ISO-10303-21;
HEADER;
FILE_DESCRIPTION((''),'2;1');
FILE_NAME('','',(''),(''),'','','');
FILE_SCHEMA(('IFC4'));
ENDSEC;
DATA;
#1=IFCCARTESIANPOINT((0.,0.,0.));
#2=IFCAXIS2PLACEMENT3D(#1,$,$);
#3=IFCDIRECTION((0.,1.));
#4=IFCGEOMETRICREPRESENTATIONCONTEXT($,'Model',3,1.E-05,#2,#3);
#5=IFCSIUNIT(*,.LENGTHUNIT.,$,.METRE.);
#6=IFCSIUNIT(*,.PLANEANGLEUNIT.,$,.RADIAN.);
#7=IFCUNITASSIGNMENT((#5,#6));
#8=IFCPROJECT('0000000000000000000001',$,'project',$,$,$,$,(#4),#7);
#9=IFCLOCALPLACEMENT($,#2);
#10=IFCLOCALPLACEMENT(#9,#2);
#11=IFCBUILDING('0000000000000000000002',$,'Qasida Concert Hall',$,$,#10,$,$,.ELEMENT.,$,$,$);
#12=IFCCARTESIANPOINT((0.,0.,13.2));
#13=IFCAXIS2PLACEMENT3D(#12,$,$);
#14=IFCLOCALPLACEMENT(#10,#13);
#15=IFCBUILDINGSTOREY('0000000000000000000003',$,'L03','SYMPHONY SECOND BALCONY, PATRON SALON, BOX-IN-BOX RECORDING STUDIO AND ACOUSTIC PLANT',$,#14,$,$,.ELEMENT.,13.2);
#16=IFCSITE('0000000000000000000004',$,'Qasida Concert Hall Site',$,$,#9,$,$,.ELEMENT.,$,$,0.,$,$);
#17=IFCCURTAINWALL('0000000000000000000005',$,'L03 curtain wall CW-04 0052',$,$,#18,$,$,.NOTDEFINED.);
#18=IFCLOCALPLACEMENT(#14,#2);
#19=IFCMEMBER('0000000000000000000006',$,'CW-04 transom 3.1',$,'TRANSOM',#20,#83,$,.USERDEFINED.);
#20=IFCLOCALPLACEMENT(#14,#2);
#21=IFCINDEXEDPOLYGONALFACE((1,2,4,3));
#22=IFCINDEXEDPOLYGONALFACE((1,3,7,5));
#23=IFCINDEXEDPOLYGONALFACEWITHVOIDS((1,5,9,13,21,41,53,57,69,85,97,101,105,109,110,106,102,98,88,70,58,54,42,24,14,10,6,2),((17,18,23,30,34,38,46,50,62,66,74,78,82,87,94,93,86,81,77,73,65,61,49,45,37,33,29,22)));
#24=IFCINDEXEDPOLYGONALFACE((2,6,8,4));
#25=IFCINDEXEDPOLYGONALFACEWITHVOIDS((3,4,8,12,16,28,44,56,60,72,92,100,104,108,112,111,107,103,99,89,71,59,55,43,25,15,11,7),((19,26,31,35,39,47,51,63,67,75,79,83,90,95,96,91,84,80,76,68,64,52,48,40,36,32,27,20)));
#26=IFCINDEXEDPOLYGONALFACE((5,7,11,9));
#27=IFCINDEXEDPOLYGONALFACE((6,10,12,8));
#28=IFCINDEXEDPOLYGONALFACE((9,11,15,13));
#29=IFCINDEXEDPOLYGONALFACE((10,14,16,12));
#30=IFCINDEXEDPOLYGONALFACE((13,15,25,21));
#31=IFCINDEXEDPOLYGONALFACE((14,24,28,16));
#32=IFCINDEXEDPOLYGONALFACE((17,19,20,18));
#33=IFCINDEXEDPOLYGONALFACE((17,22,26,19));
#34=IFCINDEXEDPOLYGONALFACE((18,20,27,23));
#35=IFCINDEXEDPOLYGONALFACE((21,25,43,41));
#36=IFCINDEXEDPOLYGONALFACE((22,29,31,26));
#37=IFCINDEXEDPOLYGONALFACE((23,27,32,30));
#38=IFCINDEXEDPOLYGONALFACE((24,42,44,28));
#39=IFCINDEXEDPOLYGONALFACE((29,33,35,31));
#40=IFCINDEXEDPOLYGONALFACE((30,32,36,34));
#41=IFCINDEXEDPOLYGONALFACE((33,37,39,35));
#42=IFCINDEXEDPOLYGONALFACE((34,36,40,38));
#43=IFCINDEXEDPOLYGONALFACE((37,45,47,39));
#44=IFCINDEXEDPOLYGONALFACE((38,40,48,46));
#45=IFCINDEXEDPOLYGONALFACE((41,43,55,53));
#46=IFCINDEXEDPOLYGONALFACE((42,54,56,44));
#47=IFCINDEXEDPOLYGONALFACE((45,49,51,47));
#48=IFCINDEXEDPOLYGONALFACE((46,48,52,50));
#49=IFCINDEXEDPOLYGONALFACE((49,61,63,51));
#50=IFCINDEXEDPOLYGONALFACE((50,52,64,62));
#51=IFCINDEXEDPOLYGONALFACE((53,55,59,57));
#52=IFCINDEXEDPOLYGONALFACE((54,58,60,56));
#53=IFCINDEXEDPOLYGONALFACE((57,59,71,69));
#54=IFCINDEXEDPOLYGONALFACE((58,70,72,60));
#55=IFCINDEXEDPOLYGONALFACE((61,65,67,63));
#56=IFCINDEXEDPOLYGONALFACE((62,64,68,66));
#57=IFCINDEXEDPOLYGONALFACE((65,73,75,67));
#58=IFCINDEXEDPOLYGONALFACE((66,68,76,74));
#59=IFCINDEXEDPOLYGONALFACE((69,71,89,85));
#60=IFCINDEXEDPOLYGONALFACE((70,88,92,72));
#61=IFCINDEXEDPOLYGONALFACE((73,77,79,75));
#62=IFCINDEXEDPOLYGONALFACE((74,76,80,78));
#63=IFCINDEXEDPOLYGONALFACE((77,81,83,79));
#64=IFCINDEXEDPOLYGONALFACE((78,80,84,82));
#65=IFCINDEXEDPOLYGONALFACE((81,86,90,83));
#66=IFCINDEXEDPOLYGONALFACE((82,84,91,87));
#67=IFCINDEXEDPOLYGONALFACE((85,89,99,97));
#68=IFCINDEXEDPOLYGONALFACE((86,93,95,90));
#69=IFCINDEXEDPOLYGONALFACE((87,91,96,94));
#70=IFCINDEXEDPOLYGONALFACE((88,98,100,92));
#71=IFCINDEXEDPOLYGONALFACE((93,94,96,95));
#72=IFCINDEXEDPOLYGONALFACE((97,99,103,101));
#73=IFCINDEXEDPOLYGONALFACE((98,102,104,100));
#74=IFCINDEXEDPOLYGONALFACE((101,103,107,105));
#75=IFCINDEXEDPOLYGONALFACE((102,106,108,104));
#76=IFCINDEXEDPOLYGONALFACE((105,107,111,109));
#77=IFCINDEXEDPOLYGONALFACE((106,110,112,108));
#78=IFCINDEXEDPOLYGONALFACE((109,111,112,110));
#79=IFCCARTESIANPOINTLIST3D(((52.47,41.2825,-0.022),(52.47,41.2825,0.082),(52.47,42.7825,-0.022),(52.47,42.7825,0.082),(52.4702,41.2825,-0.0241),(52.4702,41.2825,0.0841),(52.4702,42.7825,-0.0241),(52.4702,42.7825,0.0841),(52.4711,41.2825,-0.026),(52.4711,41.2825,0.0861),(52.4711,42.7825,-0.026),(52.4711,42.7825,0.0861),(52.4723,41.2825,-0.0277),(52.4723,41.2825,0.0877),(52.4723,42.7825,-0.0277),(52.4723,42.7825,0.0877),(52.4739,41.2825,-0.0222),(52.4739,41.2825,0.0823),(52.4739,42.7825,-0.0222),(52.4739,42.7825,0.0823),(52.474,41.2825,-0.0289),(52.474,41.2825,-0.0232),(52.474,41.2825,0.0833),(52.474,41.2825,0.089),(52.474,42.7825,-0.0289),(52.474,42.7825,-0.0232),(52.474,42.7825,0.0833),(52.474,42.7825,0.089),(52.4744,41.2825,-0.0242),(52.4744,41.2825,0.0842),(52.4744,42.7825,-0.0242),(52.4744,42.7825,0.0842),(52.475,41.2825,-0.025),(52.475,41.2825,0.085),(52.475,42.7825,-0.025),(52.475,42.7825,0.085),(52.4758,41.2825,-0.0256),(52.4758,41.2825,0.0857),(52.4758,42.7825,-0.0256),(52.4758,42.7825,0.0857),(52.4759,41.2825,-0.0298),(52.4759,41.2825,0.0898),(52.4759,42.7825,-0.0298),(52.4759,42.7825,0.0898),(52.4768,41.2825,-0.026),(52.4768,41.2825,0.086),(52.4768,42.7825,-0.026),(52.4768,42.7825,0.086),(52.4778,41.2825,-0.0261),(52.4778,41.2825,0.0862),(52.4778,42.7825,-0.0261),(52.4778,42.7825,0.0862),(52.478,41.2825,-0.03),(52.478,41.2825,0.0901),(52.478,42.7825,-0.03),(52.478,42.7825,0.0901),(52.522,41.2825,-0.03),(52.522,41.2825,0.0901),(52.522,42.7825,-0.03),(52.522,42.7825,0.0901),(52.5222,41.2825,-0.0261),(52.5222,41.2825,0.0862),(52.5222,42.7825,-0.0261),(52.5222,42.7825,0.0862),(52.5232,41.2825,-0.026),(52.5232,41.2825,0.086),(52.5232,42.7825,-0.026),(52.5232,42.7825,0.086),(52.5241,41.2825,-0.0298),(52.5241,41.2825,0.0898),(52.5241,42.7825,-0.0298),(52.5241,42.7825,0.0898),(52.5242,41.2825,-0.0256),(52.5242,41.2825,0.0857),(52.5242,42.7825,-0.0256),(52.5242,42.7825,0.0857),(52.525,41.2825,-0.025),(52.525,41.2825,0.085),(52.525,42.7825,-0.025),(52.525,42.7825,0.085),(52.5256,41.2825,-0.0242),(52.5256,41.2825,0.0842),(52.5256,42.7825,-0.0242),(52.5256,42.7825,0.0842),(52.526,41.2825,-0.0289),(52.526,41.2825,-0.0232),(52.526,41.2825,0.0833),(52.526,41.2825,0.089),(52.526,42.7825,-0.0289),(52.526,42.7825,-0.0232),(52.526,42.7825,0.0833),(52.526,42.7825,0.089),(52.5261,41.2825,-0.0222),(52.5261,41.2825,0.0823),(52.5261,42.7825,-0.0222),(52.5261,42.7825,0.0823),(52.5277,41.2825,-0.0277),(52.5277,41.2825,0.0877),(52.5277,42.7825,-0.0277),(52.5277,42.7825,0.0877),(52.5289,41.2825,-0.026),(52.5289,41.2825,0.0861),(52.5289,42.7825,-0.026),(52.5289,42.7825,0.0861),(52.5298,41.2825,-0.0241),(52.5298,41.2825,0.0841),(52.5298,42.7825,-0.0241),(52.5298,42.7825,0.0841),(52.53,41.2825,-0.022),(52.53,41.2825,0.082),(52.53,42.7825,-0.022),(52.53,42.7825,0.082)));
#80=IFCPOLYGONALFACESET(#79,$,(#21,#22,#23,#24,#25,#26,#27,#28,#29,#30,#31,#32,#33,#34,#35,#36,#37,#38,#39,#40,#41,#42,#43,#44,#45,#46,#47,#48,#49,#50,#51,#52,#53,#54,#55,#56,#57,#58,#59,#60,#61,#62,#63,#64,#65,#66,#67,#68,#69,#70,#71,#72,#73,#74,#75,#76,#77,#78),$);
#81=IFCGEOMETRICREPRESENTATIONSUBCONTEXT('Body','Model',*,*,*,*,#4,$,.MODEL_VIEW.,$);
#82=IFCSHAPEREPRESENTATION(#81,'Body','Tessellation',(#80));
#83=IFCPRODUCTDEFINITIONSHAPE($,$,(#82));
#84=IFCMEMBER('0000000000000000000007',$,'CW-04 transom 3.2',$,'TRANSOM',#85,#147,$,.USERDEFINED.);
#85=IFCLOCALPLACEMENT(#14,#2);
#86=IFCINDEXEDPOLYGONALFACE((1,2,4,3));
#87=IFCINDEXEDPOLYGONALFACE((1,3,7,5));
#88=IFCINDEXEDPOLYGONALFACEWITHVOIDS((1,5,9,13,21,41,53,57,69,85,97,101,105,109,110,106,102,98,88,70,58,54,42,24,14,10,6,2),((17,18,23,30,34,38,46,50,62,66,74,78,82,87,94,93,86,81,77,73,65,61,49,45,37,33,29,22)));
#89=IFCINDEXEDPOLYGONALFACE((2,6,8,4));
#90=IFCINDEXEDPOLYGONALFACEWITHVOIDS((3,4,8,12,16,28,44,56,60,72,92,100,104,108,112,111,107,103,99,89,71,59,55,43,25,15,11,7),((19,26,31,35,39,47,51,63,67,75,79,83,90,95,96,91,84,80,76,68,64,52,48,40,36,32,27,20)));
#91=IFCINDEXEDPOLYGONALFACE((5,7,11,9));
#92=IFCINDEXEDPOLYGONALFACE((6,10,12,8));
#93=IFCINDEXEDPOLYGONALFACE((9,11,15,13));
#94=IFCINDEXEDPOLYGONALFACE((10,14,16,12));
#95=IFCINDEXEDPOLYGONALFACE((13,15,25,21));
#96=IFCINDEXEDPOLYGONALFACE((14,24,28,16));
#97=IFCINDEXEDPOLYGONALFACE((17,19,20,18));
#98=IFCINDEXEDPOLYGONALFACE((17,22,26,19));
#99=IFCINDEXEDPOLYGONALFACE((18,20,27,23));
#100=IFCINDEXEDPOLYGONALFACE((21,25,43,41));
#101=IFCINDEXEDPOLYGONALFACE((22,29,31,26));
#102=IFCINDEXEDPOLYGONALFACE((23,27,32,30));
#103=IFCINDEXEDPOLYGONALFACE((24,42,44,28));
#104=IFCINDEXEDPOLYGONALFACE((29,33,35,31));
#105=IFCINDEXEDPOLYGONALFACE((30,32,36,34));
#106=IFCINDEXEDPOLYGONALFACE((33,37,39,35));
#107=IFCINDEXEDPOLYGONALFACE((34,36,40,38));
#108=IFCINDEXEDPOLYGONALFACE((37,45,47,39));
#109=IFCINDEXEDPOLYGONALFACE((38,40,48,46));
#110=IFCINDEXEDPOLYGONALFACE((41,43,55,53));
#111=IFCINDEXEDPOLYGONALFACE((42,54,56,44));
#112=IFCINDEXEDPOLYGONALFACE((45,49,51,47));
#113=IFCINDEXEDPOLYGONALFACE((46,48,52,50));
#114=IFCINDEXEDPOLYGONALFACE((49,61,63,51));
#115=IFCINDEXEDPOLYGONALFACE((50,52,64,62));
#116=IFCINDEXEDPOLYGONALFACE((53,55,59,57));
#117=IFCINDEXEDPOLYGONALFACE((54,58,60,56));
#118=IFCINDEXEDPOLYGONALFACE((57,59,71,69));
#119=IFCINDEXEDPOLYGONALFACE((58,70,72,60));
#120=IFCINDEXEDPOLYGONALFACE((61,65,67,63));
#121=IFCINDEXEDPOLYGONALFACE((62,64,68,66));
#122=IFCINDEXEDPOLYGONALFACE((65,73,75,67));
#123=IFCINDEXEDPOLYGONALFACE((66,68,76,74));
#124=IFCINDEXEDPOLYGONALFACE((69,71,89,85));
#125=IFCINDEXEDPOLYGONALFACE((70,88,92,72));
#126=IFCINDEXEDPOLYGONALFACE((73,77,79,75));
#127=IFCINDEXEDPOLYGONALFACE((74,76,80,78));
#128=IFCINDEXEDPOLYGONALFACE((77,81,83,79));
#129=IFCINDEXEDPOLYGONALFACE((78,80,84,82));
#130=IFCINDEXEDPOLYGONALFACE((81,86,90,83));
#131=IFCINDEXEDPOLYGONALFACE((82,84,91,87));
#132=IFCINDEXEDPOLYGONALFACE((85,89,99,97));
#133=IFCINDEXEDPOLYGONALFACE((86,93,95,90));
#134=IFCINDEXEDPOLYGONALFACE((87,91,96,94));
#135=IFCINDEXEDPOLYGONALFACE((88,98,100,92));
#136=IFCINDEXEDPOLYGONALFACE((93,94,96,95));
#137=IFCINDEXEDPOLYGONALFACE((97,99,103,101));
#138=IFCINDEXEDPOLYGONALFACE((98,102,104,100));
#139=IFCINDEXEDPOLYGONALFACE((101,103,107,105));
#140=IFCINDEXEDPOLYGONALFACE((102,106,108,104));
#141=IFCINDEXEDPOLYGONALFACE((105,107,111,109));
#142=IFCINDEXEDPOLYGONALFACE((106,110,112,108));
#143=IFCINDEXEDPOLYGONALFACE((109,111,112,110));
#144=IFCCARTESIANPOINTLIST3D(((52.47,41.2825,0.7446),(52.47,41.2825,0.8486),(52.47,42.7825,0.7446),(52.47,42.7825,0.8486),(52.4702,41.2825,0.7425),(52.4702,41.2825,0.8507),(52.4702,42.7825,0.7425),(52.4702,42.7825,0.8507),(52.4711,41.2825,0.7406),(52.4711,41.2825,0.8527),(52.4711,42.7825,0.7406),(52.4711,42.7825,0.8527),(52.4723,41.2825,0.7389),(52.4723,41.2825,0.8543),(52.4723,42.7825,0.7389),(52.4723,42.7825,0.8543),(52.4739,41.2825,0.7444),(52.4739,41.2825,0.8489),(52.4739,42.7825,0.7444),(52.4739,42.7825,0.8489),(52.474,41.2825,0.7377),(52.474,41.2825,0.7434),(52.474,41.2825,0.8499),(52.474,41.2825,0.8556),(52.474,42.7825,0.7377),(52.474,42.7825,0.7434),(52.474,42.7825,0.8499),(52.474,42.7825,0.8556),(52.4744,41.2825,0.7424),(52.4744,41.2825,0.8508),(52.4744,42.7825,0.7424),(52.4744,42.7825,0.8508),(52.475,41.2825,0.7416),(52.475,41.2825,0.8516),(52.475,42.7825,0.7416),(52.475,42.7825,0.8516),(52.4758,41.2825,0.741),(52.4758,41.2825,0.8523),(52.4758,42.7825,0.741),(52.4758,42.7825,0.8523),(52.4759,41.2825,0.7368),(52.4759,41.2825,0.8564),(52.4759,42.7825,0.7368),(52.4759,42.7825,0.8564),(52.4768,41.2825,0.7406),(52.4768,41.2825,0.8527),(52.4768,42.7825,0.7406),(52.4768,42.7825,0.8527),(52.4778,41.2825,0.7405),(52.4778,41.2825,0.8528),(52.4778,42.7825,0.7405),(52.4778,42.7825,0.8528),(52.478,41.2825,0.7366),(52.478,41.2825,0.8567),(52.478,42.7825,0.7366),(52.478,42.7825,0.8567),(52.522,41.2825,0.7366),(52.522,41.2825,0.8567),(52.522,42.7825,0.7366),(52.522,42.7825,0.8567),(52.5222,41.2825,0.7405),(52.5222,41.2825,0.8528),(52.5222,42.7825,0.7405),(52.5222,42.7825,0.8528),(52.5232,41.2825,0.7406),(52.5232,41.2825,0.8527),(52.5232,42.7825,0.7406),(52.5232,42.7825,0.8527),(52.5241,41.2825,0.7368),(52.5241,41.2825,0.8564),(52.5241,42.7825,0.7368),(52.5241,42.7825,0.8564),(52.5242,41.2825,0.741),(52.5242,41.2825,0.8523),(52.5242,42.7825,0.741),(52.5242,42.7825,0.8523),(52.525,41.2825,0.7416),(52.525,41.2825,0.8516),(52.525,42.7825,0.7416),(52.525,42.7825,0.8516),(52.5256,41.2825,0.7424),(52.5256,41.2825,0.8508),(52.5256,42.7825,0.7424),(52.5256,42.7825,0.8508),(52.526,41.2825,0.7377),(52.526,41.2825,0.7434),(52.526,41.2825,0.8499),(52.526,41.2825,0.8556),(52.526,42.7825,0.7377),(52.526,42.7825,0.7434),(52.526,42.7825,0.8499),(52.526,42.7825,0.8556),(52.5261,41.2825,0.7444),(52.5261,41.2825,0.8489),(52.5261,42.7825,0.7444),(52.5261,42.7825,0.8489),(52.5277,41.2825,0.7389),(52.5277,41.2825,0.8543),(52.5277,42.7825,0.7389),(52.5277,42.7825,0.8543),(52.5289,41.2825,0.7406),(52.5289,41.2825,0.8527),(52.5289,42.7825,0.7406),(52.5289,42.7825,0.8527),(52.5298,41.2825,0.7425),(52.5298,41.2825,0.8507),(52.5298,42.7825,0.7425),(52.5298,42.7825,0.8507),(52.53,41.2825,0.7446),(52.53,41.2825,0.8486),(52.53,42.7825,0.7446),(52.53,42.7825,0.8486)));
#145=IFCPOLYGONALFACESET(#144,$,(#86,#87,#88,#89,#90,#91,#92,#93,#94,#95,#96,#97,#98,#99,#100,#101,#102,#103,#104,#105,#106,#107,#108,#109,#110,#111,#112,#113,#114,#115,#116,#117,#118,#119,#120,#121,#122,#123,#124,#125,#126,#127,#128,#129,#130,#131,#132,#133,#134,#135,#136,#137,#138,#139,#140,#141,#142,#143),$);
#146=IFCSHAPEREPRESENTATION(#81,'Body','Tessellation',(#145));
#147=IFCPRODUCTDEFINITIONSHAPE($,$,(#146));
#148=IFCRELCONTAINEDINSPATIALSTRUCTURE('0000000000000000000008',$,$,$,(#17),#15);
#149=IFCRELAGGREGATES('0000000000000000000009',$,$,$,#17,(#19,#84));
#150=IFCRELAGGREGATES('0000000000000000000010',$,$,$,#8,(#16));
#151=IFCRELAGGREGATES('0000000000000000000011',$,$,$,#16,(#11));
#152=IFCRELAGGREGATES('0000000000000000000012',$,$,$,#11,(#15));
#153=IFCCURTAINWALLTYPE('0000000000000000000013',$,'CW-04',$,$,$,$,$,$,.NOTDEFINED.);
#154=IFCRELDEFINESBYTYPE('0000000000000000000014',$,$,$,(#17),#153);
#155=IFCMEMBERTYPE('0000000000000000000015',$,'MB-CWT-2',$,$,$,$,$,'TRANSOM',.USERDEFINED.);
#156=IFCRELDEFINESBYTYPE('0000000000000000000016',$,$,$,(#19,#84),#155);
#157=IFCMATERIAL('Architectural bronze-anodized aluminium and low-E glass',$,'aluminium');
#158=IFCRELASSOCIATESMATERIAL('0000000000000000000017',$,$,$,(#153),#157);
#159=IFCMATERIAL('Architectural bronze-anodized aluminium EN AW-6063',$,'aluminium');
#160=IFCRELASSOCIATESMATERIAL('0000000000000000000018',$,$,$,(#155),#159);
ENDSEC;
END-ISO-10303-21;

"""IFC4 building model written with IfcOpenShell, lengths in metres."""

from ifc_helpers import new_model, si_unit, direction, frame, origin, origin_2d, place, context, subcontext, project, spatial, hollow_rectangle, extrude, material, material_profile, profile_set, type_object, element, aggregate, save


model = new_model("IFC4")

# Units and contexts
model_context = context("Model", 3, precision=1e-05, world=origin(), true_north=direction((0.0, 1.0)))
body_context = subcontext(model_context, "Body", "Model", "MODEL_VIEW")
ifc_project = project(units=[si_unit("LENGTHUNIT", "METRE"), si_unit("PLANEANGLEUNIT", "RADIAN")], contexts=[model_context])

# Site, building, storey
site_placement = place(None, origin())
site = spatial("IfcSite", under=ifc_project, at=site_placement, Name="Qasida Concert Hall Site", CompositionType="ELEMENT", RefElevation=0.0)
building_placement = place(site_placement, origin())
building = spatial("IfcBuilding", under=site, at=building_placement, Name="Qasida Concert Hall", CompositionType="ELEMENT")
storey_placement = place(building_placement, frame((0.0, 0.0, 13.2)))
storey = spatial("IfcBuildingStorey", under=building, at=storey_placement, Name="L03", Description="SYMPHONY SECOND BALCONY, PATRON SALON, BOX-IN-BOX RECORDING STUDIO AND ACOUSTIC PLANT", CompositionType="ELEMENT", Elevation=13.2)

# Curtain wall, members
ifc_material_1 = material(Name="Architectural bronze-anodized aluminium and low-E glass", Category="aluminium")
curtain_wall_type = type_object("IfcCurtainWallType", Name="CW-04", PredefinedType="NOTDEFINED", material=ifc_material_1)
curtain_wall_placement = place(storey_placement, origin())
curtain_wall = element("IfcCurtainWall", 1, at=curtain_wall_placement, inside=storey, type_object=curtain_wall_type, Name="L03 curtain wall CW-04 0052", PredefinedType="NOTDEFINED")
ifc_material_2 = material(Name="Architectural bronze-anodized aluminium EN AW-6063", Category="aluminium")
ifc_material_profile_1 = material_profile(ifc_material_2, hollow_rectangle(XDim=0.0601, YDim=0.1201, WallThickness=0.0039, InnerFilletRadius=0.0039, OuterFilletRadius=0.0081, at=origin_2d()), Name="CWT 120x60x4")
ifc_profile_set_1 = profile_set([ifc_material_profile_1], Name="Architectural bronze-anodized aluminium EN AW-6063")
member_type_1 = type_object("IfcMemberType", Name="MB-CWT-2", ElementType="TRANSOM", PredefinedType="USERDEFINED", material=ifc_profile_set_1)
member_1_placement = place(storey_placement, frame((52.5, 41.2825, 0.03), z_axis=(0.0, 1.0, 0.0), x_axis=(-1.0, 0.0, 0.0)))
member_1 = element("IfcMember", 2, at=member_1_placement, type_object=member_type_1, Name="CW-04 transom 3.1", ObjectType="TRANSOM", PredefinedType="USERDEFINED", context=body_context, shape_type="SweptSolid", body=[
    extrude(hollow_rectangle(XDim=0.0601, YDim=0.1201, WallThickness=0.0039, InnerFilletRadius=0.0039, OuterFilletRadius=0.0081, at=origin_2d()), origin(), (0.0, 0.0, 1.0), 1.5),
])
member_2_placement = place(storey_placement, frame((52.5, 41.2825, 0.7966), z_axis=(0.0, 1.0, 0.0), x_axis=(-1.0, 0.0, 0.0)))
member_2 = element("IfcMember", 3, at=member_2_placement, type_object=member_type_1, Name="CW-04 transom 3.2", ObjectType="TRANSOM", PredefinedType="USERDEFINED", context=body_context, shape_type="SweptSolid", body=[
    extrude(hollow_rectangle(XDim=0.0601, YDim=0.1201, WallThickness=0.0039, InnerFilletRadius=0.0039, OuterFilletRadius=0.0081, at=origin_2d()), origin(), (0.0, 0.0, 1.0), 1.5),
])
aggregate(curtain_wall, [member_1, member_2])

save(model, "model.ifc")
